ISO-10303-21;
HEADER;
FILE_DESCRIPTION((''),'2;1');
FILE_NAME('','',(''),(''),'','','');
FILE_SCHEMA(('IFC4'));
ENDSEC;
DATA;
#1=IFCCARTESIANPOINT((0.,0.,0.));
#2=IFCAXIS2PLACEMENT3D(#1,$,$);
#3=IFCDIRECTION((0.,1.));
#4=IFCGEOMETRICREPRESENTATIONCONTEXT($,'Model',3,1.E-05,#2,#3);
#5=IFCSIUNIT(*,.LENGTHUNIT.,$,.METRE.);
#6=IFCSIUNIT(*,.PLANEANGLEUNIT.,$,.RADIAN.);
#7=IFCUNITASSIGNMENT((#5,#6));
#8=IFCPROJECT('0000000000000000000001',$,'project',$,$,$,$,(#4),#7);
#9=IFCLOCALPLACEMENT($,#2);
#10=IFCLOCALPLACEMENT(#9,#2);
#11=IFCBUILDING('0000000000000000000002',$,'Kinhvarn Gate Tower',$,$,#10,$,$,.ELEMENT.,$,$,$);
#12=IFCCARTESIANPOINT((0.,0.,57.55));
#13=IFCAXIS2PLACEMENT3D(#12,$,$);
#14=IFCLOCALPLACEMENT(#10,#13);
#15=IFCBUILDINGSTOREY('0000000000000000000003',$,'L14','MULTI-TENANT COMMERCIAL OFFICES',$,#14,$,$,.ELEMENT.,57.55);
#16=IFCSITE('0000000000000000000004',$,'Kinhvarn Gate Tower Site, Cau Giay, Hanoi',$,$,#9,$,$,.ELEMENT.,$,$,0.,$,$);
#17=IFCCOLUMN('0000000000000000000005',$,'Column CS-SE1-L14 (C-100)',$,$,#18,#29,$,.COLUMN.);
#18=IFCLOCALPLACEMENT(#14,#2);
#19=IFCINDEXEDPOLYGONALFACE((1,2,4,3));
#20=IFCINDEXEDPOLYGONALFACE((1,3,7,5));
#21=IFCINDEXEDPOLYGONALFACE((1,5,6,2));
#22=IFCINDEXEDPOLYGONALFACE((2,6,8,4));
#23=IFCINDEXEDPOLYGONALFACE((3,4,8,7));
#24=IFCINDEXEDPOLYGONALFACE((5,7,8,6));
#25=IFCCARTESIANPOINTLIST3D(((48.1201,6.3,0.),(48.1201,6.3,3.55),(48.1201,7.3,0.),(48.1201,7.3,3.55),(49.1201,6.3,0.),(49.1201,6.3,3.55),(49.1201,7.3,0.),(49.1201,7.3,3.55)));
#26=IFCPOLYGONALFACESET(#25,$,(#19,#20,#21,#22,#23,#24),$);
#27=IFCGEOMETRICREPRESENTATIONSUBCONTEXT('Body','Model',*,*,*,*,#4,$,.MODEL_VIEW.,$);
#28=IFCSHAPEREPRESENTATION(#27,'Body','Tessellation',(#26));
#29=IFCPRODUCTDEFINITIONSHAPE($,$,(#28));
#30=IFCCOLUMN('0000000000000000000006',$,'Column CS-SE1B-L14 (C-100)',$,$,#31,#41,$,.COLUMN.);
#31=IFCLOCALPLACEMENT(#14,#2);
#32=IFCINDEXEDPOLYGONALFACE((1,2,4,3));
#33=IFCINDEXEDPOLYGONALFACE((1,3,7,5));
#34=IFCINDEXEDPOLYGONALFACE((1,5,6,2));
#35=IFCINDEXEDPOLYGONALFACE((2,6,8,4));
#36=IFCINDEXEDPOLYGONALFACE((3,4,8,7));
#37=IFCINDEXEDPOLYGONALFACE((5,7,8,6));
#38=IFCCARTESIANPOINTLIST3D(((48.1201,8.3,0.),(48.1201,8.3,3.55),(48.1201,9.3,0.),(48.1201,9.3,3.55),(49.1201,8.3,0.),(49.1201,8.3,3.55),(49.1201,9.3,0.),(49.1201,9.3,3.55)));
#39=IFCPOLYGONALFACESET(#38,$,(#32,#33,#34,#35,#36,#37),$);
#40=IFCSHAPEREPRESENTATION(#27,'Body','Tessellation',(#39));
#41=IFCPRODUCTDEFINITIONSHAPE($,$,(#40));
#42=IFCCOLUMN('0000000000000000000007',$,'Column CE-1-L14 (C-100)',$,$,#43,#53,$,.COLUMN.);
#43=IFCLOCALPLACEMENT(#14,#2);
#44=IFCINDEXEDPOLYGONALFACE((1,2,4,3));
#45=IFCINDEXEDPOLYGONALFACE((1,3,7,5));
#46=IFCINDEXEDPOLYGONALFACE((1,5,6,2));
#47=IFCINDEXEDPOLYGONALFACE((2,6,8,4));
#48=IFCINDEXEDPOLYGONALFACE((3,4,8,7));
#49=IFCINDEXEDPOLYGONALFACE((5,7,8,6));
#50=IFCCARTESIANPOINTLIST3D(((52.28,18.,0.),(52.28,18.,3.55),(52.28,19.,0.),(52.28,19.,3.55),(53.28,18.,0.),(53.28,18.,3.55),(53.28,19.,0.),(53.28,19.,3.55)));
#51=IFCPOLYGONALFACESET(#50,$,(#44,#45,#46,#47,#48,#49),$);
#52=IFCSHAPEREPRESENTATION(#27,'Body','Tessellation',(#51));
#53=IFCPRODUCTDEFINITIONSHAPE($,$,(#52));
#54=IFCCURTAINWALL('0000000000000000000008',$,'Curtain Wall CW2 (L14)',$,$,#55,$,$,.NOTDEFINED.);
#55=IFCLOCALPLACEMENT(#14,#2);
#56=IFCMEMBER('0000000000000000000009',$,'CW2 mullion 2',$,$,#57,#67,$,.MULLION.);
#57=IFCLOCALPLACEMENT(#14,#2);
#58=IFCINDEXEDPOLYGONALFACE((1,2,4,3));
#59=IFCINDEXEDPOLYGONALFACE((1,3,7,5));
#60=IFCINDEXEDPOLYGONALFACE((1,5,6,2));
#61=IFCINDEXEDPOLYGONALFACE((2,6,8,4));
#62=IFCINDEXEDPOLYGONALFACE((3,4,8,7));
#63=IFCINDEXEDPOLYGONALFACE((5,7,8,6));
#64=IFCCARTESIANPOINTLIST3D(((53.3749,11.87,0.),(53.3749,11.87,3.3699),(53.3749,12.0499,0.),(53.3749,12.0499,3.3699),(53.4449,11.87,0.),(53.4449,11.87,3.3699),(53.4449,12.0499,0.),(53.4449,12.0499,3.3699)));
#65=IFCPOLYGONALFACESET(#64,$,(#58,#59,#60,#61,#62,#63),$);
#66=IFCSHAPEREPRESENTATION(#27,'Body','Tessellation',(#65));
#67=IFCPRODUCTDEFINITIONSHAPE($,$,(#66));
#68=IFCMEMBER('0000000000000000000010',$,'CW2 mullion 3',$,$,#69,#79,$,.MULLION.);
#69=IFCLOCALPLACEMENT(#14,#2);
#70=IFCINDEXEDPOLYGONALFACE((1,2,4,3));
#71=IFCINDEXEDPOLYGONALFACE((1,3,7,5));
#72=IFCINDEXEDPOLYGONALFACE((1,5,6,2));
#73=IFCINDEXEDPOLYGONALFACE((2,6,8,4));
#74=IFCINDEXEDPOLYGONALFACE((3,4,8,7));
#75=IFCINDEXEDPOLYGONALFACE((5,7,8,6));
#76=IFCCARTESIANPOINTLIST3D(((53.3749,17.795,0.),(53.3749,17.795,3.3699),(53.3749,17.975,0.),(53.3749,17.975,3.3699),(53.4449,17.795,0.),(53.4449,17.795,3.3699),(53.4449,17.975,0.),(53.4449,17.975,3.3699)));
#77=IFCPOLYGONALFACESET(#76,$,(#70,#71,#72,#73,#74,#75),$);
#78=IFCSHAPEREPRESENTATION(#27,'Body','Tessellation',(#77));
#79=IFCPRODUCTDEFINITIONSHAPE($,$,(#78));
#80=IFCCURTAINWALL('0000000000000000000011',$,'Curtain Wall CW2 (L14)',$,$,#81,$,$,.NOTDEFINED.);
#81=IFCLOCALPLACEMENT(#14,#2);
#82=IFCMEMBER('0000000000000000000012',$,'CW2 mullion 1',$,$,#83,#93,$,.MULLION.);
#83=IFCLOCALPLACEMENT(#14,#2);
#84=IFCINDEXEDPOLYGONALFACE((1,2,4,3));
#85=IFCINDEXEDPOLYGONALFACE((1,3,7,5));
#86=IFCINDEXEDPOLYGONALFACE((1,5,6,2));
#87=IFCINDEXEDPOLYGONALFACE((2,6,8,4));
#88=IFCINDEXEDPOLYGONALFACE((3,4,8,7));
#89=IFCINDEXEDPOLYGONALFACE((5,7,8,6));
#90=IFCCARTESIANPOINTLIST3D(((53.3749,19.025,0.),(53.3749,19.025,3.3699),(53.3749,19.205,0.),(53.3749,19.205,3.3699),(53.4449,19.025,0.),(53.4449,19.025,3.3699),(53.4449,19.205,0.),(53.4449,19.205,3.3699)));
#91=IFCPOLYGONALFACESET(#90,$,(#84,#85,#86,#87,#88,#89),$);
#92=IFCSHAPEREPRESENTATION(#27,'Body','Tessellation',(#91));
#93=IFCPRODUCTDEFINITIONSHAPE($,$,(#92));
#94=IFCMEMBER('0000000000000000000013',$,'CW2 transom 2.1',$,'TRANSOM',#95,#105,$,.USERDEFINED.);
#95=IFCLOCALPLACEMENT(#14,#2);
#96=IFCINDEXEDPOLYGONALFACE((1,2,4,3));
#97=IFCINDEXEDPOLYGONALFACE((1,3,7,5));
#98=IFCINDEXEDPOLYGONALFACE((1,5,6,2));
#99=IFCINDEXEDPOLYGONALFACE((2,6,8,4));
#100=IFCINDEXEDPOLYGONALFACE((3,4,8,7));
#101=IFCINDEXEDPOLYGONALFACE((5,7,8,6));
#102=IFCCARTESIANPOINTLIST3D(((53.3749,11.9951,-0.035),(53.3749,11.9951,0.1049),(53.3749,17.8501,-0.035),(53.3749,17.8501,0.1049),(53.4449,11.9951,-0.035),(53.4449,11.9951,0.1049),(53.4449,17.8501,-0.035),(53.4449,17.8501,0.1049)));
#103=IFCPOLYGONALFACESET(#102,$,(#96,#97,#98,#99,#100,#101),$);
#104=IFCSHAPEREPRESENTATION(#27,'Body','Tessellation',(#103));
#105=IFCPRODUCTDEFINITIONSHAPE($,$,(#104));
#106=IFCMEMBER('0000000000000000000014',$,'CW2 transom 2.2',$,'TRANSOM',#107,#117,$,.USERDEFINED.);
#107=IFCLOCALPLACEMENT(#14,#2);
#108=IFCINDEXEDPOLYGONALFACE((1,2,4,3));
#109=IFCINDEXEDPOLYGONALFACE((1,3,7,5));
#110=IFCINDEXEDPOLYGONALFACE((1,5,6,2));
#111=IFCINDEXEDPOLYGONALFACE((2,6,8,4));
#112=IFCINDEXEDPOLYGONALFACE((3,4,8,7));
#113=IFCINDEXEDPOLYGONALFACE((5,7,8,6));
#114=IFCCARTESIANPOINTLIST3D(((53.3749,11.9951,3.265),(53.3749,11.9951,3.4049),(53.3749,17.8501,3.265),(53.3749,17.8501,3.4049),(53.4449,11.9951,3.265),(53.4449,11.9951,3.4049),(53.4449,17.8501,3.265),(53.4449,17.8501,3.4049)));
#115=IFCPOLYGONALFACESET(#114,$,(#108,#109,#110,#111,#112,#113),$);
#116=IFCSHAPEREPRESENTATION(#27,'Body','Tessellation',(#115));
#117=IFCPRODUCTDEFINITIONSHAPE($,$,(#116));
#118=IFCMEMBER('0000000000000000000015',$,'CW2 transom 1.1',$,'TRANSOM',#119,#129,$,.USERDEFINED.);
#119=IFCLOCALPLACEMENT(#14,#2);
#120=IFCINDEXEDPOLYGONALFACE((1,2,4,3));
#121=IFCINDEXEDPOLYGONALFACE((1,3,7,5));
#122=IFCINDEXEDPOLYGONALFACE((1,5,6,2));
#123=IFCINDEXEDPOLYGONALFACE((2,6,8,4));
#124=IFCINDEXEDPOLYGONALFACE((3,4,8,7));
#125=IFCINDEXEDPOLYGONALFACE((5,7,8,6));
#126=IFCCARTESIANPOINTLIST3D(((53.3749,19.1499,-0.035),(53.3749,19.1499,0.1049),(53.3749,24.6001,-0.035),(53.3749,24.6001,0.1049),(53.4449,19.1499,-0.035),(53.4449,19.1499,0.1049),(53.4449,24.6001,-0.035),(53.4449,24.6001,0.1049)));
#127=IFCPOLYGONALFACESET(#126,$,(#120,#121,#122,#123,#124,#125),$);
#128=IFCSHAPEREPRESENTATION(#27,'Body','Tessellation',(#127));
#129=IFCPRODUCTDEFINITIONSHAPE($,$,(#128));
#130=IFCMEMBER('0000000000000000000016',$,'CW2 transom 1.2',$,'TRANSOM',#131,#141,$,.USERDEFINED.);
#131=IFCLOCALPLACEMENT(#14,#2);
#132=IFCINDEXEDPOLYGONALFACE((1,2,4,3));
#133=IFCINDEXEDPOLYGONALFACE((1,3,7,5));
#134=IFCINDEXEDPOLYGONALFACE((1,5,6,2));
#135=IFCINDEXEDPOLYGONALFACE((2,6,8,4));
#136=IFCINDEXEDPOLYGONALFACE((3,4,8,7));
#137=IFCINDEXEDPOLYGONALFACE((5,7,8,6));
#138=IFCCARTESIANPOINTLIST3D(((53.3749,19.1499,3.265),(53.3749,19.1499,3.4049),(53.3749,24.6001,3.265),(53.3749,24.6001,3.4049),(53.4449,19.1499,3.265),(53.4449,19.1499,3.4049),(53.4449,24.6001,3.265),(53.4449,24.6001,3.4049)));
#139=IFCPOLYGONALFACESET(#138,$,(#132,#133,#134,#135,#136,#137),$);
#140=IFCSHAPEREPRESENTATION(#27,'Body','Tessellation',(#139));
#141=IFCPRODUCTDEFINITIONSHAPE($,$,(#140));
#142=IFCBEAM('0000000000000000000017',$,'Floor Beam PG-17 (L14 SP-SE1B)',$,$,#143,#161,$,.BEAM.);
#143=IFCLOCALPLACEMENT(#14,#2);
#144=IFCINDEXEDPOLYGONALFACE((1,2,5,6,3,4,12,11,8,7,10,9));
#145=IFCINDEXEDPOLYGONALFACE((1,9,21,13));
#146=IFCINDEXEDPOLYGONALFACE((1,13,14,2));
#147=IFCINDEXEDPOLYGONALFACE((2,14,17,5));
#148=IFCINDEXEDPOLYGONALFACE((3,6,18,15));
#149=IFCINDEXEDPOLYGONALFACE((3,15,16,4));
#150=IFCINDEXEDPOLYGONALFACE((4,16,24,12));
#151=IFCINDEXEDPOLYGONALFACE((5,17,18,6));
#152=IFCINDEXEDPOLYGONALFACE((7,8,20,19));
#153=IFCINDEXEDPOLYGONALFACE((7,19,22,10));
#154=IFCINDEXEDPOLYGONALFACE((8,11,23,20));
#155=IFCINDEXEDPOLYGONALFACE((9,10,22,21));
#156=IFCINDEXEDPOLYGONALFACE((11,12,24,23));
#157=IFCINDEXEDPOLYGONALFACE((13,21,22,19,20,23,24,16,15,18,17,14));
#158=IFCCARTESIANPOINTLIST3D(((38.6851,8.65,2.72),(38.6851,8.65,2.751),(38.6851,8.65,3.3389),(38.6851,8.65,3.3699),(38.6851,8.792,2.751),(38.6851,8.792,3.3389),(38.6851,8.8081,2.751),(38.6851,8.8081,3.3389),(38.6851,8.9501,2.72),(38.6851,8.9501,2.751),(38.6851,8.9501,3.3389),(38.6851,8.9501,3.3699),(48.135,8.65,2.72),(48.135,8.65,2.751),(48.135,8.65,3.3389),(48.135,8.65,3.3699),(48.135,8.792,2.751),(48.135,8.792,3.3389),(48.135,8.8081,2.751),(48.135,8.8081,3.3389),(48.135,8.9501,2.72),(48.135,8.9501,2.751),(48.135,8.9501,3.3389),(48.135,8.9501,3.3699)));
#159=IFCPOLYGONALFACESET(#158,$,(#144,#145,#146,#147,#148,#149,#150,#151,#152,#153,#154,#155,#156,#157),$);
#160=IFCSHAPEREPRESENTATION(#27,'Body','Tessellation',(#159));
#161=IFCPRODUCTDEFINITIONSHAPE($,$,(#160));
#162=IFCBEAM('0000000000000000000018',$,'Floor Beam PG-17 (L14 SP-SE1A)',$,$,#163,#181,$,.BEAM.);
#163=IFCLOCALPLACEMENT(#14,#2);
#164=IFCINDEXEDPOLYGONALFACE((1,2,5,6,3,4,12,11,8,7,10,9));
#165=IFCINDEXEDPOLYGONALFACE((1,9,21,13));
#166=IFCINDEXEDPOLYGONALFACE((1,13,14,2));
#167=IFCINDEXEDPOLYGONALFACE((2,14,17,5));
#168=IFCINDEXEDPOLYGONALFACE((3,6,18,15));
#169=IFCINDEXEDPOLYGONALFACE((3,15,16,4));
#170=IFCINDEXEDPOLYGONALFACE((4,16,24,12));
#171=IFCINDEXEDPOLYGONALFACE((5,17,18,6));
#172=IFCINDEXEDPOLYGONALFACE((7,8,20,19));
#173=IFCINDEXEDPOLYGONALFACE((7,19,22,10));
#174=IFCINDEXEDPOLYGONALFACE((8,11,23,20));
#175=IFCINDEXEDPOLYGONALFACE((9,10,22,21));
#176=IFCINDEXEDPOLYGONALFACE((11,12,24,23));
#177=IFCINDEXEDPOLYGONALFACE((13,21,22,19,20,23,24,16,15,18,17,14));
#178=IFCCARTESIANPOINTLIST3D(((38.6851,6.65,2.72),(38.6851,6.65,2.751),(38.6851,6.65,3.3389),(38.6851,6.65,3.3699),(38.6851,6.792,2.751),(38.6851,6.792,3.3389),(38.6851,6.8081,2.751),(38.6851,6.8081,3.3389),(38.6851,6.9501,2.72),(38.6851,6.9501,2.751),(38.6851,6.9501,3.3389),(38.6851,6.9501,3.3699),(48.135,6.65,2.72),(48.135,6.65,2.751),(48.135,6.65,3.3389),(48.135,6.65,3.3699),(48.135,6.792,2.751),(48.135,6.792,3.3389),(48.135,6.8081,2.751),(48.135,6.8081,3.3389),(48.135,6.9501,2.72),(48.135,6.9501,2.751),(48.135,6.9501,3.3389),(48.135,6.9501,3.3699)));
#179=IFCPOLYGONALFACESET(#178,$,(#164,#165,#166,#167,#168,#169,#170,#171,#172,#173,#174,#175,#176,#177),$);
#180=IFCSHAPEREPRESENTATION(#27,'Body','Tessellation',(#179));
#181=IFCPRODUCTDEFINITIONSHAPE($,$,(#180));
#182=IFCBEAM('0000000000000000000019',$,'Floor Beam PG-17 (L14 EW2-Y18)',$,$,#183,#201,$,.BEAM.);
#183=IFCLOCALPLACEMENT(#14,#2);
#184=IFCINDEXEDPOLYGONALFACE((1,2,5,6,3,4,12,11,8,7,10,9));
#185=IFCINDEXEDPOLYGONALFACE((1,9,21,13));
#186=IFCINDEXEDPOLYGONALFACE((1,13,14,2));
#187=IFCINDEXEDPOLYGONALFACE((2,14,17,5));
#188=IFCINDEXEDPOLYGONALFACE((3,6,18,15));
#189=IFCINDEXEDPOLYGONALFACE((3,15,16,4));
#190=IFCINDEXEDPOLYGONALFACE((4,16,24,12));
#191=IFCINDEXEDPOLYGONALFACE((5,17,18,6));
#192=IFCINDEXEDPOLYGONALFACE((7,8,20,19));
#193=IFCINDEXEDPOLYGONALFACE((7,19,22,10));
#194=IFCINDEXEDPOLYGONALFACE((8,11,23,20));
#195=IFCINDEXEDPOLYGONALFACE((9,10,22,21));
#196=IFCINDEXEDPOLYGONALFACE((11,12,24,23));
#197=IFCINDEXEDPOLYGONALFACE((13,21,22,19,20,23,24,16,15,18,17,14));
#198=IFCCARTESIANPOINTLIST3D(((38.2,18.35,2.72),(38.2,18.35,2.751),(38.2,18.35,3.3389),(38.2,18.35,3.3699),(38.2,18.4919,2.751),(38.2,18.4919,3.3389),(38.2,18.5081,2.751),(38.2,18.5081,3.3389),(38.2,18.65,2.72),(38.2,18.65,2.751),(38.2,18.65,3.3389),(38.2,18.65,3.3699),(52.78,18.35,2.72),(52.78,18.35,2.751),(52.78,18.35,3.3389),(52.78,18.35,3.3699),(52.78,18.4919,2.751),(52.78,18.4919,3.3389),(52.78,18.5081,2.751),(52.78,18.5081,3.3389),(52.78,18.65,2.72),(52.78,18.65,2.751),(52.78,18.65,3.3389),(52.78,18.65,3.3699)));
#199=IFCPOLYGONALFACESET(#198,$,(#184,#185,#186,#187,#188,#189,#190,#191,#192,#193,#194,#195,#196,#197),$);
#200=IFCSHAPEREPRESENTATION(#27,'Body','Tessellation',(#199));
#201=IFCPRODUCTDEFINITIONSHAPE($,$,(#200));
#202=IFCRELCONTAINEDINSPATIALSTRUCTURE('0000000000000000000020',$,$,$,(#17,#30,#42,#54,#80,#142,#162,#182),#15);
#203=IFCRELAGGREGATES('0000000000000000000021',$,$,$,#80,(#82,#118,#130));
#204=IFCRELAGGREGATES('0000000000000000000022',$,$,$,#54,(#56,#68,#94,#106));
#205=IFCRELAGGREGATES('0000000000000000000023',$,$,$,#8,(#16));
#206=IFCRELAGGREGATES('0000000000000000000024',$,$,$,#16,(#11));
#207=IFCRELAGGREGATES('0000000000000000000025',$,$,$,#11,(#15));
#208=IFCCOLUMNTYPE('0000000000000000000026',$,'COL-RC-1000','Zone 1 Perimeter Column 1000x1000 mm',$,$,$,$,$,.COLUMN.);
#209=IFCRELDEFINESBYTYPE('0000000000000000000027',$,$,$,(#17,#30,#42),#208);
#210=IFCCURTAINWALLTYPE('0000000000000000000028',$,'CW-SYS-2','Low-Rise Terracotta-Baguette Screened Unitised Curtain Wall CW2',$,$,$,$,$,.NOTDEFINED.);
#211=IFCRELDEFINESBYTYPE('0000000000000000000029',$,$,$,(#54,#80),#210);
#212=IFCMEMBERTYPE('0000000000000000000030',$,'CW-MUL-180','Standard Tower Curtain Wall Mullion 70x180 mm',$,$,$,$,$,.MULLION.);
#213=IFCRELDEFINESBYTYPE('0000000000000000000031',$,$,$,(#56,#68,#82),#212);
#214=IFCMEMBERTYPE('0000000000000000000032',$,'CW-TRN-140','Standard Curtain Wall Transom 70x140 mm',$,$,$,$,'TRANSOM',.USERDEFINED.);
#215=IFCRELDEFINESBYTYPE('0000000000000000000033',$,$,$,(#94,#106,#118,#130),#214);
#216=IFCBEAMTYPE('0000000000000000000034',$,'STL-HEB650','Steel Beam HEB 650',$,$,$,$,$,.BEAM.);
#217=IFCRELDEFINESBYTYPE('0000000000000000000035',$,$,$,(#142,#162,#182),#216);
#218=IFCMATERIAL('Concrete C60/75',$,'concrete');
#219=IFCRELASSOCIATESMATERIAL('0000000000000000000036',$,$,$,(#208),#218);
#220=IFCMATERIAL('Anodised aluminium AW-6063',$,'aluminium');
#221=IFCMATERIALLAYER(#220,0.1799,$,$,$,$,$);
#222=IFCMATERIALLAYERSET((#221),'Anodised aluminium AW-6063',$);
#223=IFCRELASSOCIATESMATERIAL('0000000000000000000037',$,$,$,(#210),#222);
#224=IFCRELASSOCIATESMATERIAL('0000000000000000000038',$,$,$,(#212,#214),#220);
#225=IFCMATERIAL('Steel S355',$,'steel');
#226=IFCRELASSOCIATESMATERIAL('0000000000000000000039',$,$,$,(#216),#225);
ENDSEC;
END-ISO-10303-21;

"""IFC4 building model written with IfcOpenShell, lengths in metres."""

from ifc_helpers import new_model, si_unit, direction, frame, origin, origin_2d, place, context, subcontext, project, spatial, rectangle, i_section, extrude, material, layer, layer_set, material_profile, profile_set, type_object, element, aggregate, save


model = new_model("IFC4")

# Units and contexts
model_context = context("Model", 3, precision=1e-05, world=origin(), true_north=direction((0.0, 1.0)))
body_context = subcontext(model_context, "Body", "Model", "MODEL_VIEW")
ifc_project = project(units=[si_unit("LENGTHUNIT", "METRE"), si_unit("PLANEANGLEUNIT", "RADIAN")], contexts=[model_context])

# Site, building, storey
site_placement = place(None, origin())
site = spatial("IfcSite", under=ifc_project, at=site_placement, Name="Kinhvarn Gate Tower Site, Cau Giay, Hanoi", CompositionType="ELEMENT", RefElevation=0.0)
building_placement = place(site_placement, origin())
building = spatial("IfcBuilding", under=site, at=building_placement, Name="Kinhvarn Gate Tower", CompositionType="ELEMENT")
storey_placement = place(building_placement, frame((0.0, 0.0, 57.55)))
storey = spatial("IfcBuildingStorey", under=building, at=storey_placement, Name="L14", Description="MULTI-TENANT COMMERCIAL OFFICES", CompositionType="ELEMENT", Elevation=57.55)

# Columns
ifc_material_1 = material(Name="Concrete C60/75", Category="concrete")
ifc_material_profile_1 = material_profile(ifc_material_1, rectangle(XDim=1.0, YDim=1.0, at=origin_2d()), Name="RC 1000x1000")
ifc_profile_set_1 = profile_set([ifc_material_profile_1], Name="Concrete C60/75")
column_type = type_object("IfcColumnType", Name="COL-RC-1000", Description="Zone 1 Perimeter Column 1000x1000 mm", PredefinedType="COLUMN", material=ifc_profile_set_1)
for number, where, z_axis, x_axis, name in (
    (1, (48.6201, 6.8, 0.0), (0.0, 0.0, 1.0), (1.0, 0.0, 0.0), "Column CS-SE1-L14 (C-100)"),
    (2, (48.6201, 8.8, 0.0), (0.0, 0.0, 1.0), (1.0, 0.0, 0.0), "Column CS-SE1B-L14 (C-100)"),
    (3, (52.78, 18.5, 0.0), (0.0, 0.0, 1.0), (1.0, 0.0, 0.0), "Column CE-1-L14 (C-100)"),
):
    element("IfcColumn", number, at=place(storey_placement, frame(where, z_axis=z_axis, x_axis=x_axis)), inside=storey, type_object=column_type, Name=name, PredefinedType="COLUMN", context=body_context, shape_type="SweptSolid", body=[
        extrude(rectangle(XDim=1.0, YDim=1.0, at=origin_2d()), origin(), (0.0, 0.0, 1.0), 3.55),
    ])

# Curtain wall, members
ifc_material_2 = material(Name="Anodised aluminium AW-6063", Category="aluminium")
ifc_layer_1 = layer(ifc_material_2, 0.1799)
ifc_layer_set_1 = layer_set([ifc_layer_1], Name="Anodised aluminium AW-6063")
curtain_wall_type = type_object("IfcCurtainWallType", Name="CW-SYS-2", Description="Low-Rise Terracotta-Baguette Screened Unitised Curtain Wall CW2", PredefinedType="NOTDEFINED", material=ifc_layer_set_1)
curtain_wall_1_placement = place(storey_placement, origin())
curtain_wall_1 = element("IfcCurtainWall", 4, at=curtain_wall_1_placement, inside=storey, type_object=curtain_wall_type, Name="Curtain Wall CW2 (L14)", PredefinedType="NOTDEFINED")
ifc_material_profile_2 = material_profile(ifc_material_2, rectangle(XDim=0.0701, YDim=0.1799, at=origin_2d()), Name="ALU 70x180")
ifc_profile_set_2 = profile_set([ifc_material_profile_2], Name="Anodised aluminium AW-6063")
member_type_1 = type_object("IfcMemberType", Name="CW-MUL-180", Description="Standard Tower Curtain Wall Mullion 70x180 mm", PredefinedType="MULLION", material=ifc_profile_set_2)
member_1_placement = place(storey_placement, frame((53.4099, 11.96, 0.0), z_axis=(0.0, 0.0, 1.0), x_axis=(-1.0, 0.0, 0.0)))
member_1 = element("IfcMember", 5, at=member_1_placement, type_object=member_type_1, Name="CW2 mullion 2", PredefinedType="MULLION", context=body_context, shape_type="SweptSolid", body=[
    extrude(rectangle(XDim=0.0701, YDim=0.1799, at=origin_2d()), origin(), (0.0, 0.0, 1.0), 3.3699),
])
member_2_placement = place(storey_placement, frame((53.4099, 17.885, 0.0), z_axis=(0.0, 0.0, 1.0), x_axis=(-1.0, 0.0, 0.0)))
member_2 = element("IfcMember", 6, at=member_2_placement, type_object=member_type_1, Name="CW2 mullion 3", PredefinedType="MULLION", context=body_context, shape_type="SweptSolid", body=[
    extrude(rectangle(XDim=0.0701, YDim=0.1799, at=origin_2d()), origin(), (0.0, 0.0, 1.0), 3.3699),
])

# Curtain wall, member
curtain_wall_2_placement = place(storey_placement, origin())
curtain_wall_2 = element("IfcCurtainWall", 7, at=curtain_wall_2_placement, inside=storey, type_object=curtain_wall_type, Name="Curtain Wall CW2 (L14)", PredefinedType="NOTDEFINED")
member_3_placement = place(storey_placement, frame((53.4099, 19.115, 0.0), z_axis=(0.0, 0.0, 1.0), x_axis=(-1.0, 0.0, 0.0)))
member_3 = element("IfcMember", 8, at=member_3_placement, type_object=member_type_1, Name="CW2 mullion 1", PredefinedType="MULLION", context=body_context, shape_type="SweptSolid", body=[
    extrude(rectangle(XDim=0.0701, YDim=0.1799, at=origin_2d()), origin(), (0.0, 0.0, 1.0), 3.3699),
])

# Members
ifc_material_profile_3 = material_profile(ifc_material_2, rectangle(XDim=0.0701, YDim=0.1399, at=origin_2d()), Name="ALU 70x140")
ifc_profile_set_3 = profile_set([ifc_material_profile_3], Name="Anodised aluminium AW-6063")
member_type_2 = type_object("IfcMemberType", Name="CW-TRN-140", Description="Standard Curtain Wall Transom 70x140 mm", ElementType="TRANSOM", PredefinedType="USERDEFINED", material=ifc_profile_set_3)
member_4_placement = place(storey_placement, frame((53.4099, 11.9951, 0.0349), z_axis=(0.0, 1.0, 0.0), x_axis=(-1.0, 0.0, 0.0)))
member_4 = element("IfcMember", 9, at=member_4_placement, type_object=member_type_2, Name="CW2 transom 2.1", ObjectType="TRANSOM", PredefinedType="USERDEFINED", context=body_context, shape_type="SweptSolid", body=[
    extrude(rectangle(XDim=0.0701, YDim=0.1399, at=origin_2d()), origin(), (0.0, 0.0, 1.0), 5.855),
])
member_5_placement = place(storey_placement, frame((53.4099, 11.9951, 3.335), z_axis=(0.0, 1.0, 0.0), x_axis=(-1.0, 0.0, 0.0)))
member_5 = element("IfcMember", 10, at=member_5_placement, type_object=member_type_2, Name="CW2 transom 2.2", ObjectType="TRANSOM", PredefinedType="USERDEFINED", context=body_context, shape_type="SweptSolid", body=[
    extrude(rectangle(XDim=0.0701, YDim=0.1399, at=origin_2d()), origin(), (0.0, 0.0, 1.0), 5.855),
])
member_6_placement = place(storey_placement, frame((53.4099, 19.1499, 0.0349), z_axis=(0.0, 1.0, 0.0), x_axis=(-1.0, 0.0, 0.0)))
member_6 = element("IfcMember", 11, at=member_6_placement, type_object=member_type_2, Name="CW2 transom 1.1", ObjectType="TRANSOM", PredefinedType="USERDEFINED", context=body_context, shape_type="SweptSolid", body=[
    extrude(rectangle(XDim=0.0701, YDim=0.1399, at=origin_2d()), origin(), (0.0, 0.0, 1.0), 5.4502),
])
member_7_placement = place(storey_placement, frame((53.4099, 19.1499, 3.335), z_axis=(0.0, 1.0, 0.0), x_axis=(-1.0, 0.0, 0.0)))
member_7 = element("IfcMember", 12, at=member_7_placement, type_object=member_type_2, Name="CW2 transom 1.2", ObjectType="TRANSOM", PredefinedType="USERDEFINED", context=body_context, shape_type="SweptSolid", body=[
    extrude(rectangle(XDim=0.0701, YDim=0.1399, at=origin_2d()), origin(), (0.0, 0.0, 1.0), 5.4502),
])
aggregate(curtain_wall_2, [member_3, member_6, member_7])

# Beams
ifc_material_3 = material(Name="Steel S355", Category="steel")
ifc_material_profile_4 = material_profile(ifc_material_3, i_section(OverallWidth=0.3, OverallDepth=0.6499, WebThickness=0.0161, FlangeThickness=0.031, at=origin_2d()), Name="HEB 650")
ifc_profile_set_4 = profile_set([ifc_material_profile_4], Name="Steel S355")
beam_type_1 = type_object("IfcBeamType", Name="STL-HEB650", Description="Steel Beam HEB 650", PredefinedType="BEAM", material=ifc_profile_set_4)
for number, where, z_axis, x_axis, name in (
    (13, (38.6851, 8.8, 3.0449), (1.0, 0.0, 0.0), (0.0, 1.0, 0.0), "Floor Beam PG-17 (L14 SP-SE1B)"),
    (14, (38.6851, 6.8, 3.0449), (1.0, 0.0, 0.0), (0.0, 1.0, 0.0), "Floor Beam PG-17 (L14 SP-SE1A)"),
):
    element("IfcBeam", number, at=place(storey_placement, frame(where, z_axis=z_axis, x_axis=x_axis)), inside=storey, type_object=beam_type_1, Name=name, PredefinedType="BEAM", context=body_context, shape_type="SweptSolid", body=[
        extrude(i_section(OverallWidth=0.3, OverallDepth=0.6499, WebThickness=0.0161, FlangeThickness=0.031, at=origin_2d()), origin(), (0.0, 0.0, 1.0), 9.45),
    ])
beam_1_placement = place(storey_placement, frame((38.2, 18.5, 3.0449), z_axis=(1.0, 0.0, 0.0), x_axis=(0.0, 1.0, 0.0)))
element("IfcBeam", 15, at=beam_1_placement, inside=storey, type_object=beam_type_1, Name="Floor Beam PG-17 (L14 EW2-Y18)", PredefinedType="BEAM", context=body_context, shape_type="SweptSolid", body=[
    extrude(i_section(OverallWidth=0.3, OverallDepth=0.6499, WebThickness=0.0161, FlangeThickness=0.031, at=origin_2d()), origin(), (0.0, 0.0, 1.0), 14.5801),
])

aggregate(curtain_wall_1, [member_1, member_2, member_4, member_5])

save(model, "model.ifc")
